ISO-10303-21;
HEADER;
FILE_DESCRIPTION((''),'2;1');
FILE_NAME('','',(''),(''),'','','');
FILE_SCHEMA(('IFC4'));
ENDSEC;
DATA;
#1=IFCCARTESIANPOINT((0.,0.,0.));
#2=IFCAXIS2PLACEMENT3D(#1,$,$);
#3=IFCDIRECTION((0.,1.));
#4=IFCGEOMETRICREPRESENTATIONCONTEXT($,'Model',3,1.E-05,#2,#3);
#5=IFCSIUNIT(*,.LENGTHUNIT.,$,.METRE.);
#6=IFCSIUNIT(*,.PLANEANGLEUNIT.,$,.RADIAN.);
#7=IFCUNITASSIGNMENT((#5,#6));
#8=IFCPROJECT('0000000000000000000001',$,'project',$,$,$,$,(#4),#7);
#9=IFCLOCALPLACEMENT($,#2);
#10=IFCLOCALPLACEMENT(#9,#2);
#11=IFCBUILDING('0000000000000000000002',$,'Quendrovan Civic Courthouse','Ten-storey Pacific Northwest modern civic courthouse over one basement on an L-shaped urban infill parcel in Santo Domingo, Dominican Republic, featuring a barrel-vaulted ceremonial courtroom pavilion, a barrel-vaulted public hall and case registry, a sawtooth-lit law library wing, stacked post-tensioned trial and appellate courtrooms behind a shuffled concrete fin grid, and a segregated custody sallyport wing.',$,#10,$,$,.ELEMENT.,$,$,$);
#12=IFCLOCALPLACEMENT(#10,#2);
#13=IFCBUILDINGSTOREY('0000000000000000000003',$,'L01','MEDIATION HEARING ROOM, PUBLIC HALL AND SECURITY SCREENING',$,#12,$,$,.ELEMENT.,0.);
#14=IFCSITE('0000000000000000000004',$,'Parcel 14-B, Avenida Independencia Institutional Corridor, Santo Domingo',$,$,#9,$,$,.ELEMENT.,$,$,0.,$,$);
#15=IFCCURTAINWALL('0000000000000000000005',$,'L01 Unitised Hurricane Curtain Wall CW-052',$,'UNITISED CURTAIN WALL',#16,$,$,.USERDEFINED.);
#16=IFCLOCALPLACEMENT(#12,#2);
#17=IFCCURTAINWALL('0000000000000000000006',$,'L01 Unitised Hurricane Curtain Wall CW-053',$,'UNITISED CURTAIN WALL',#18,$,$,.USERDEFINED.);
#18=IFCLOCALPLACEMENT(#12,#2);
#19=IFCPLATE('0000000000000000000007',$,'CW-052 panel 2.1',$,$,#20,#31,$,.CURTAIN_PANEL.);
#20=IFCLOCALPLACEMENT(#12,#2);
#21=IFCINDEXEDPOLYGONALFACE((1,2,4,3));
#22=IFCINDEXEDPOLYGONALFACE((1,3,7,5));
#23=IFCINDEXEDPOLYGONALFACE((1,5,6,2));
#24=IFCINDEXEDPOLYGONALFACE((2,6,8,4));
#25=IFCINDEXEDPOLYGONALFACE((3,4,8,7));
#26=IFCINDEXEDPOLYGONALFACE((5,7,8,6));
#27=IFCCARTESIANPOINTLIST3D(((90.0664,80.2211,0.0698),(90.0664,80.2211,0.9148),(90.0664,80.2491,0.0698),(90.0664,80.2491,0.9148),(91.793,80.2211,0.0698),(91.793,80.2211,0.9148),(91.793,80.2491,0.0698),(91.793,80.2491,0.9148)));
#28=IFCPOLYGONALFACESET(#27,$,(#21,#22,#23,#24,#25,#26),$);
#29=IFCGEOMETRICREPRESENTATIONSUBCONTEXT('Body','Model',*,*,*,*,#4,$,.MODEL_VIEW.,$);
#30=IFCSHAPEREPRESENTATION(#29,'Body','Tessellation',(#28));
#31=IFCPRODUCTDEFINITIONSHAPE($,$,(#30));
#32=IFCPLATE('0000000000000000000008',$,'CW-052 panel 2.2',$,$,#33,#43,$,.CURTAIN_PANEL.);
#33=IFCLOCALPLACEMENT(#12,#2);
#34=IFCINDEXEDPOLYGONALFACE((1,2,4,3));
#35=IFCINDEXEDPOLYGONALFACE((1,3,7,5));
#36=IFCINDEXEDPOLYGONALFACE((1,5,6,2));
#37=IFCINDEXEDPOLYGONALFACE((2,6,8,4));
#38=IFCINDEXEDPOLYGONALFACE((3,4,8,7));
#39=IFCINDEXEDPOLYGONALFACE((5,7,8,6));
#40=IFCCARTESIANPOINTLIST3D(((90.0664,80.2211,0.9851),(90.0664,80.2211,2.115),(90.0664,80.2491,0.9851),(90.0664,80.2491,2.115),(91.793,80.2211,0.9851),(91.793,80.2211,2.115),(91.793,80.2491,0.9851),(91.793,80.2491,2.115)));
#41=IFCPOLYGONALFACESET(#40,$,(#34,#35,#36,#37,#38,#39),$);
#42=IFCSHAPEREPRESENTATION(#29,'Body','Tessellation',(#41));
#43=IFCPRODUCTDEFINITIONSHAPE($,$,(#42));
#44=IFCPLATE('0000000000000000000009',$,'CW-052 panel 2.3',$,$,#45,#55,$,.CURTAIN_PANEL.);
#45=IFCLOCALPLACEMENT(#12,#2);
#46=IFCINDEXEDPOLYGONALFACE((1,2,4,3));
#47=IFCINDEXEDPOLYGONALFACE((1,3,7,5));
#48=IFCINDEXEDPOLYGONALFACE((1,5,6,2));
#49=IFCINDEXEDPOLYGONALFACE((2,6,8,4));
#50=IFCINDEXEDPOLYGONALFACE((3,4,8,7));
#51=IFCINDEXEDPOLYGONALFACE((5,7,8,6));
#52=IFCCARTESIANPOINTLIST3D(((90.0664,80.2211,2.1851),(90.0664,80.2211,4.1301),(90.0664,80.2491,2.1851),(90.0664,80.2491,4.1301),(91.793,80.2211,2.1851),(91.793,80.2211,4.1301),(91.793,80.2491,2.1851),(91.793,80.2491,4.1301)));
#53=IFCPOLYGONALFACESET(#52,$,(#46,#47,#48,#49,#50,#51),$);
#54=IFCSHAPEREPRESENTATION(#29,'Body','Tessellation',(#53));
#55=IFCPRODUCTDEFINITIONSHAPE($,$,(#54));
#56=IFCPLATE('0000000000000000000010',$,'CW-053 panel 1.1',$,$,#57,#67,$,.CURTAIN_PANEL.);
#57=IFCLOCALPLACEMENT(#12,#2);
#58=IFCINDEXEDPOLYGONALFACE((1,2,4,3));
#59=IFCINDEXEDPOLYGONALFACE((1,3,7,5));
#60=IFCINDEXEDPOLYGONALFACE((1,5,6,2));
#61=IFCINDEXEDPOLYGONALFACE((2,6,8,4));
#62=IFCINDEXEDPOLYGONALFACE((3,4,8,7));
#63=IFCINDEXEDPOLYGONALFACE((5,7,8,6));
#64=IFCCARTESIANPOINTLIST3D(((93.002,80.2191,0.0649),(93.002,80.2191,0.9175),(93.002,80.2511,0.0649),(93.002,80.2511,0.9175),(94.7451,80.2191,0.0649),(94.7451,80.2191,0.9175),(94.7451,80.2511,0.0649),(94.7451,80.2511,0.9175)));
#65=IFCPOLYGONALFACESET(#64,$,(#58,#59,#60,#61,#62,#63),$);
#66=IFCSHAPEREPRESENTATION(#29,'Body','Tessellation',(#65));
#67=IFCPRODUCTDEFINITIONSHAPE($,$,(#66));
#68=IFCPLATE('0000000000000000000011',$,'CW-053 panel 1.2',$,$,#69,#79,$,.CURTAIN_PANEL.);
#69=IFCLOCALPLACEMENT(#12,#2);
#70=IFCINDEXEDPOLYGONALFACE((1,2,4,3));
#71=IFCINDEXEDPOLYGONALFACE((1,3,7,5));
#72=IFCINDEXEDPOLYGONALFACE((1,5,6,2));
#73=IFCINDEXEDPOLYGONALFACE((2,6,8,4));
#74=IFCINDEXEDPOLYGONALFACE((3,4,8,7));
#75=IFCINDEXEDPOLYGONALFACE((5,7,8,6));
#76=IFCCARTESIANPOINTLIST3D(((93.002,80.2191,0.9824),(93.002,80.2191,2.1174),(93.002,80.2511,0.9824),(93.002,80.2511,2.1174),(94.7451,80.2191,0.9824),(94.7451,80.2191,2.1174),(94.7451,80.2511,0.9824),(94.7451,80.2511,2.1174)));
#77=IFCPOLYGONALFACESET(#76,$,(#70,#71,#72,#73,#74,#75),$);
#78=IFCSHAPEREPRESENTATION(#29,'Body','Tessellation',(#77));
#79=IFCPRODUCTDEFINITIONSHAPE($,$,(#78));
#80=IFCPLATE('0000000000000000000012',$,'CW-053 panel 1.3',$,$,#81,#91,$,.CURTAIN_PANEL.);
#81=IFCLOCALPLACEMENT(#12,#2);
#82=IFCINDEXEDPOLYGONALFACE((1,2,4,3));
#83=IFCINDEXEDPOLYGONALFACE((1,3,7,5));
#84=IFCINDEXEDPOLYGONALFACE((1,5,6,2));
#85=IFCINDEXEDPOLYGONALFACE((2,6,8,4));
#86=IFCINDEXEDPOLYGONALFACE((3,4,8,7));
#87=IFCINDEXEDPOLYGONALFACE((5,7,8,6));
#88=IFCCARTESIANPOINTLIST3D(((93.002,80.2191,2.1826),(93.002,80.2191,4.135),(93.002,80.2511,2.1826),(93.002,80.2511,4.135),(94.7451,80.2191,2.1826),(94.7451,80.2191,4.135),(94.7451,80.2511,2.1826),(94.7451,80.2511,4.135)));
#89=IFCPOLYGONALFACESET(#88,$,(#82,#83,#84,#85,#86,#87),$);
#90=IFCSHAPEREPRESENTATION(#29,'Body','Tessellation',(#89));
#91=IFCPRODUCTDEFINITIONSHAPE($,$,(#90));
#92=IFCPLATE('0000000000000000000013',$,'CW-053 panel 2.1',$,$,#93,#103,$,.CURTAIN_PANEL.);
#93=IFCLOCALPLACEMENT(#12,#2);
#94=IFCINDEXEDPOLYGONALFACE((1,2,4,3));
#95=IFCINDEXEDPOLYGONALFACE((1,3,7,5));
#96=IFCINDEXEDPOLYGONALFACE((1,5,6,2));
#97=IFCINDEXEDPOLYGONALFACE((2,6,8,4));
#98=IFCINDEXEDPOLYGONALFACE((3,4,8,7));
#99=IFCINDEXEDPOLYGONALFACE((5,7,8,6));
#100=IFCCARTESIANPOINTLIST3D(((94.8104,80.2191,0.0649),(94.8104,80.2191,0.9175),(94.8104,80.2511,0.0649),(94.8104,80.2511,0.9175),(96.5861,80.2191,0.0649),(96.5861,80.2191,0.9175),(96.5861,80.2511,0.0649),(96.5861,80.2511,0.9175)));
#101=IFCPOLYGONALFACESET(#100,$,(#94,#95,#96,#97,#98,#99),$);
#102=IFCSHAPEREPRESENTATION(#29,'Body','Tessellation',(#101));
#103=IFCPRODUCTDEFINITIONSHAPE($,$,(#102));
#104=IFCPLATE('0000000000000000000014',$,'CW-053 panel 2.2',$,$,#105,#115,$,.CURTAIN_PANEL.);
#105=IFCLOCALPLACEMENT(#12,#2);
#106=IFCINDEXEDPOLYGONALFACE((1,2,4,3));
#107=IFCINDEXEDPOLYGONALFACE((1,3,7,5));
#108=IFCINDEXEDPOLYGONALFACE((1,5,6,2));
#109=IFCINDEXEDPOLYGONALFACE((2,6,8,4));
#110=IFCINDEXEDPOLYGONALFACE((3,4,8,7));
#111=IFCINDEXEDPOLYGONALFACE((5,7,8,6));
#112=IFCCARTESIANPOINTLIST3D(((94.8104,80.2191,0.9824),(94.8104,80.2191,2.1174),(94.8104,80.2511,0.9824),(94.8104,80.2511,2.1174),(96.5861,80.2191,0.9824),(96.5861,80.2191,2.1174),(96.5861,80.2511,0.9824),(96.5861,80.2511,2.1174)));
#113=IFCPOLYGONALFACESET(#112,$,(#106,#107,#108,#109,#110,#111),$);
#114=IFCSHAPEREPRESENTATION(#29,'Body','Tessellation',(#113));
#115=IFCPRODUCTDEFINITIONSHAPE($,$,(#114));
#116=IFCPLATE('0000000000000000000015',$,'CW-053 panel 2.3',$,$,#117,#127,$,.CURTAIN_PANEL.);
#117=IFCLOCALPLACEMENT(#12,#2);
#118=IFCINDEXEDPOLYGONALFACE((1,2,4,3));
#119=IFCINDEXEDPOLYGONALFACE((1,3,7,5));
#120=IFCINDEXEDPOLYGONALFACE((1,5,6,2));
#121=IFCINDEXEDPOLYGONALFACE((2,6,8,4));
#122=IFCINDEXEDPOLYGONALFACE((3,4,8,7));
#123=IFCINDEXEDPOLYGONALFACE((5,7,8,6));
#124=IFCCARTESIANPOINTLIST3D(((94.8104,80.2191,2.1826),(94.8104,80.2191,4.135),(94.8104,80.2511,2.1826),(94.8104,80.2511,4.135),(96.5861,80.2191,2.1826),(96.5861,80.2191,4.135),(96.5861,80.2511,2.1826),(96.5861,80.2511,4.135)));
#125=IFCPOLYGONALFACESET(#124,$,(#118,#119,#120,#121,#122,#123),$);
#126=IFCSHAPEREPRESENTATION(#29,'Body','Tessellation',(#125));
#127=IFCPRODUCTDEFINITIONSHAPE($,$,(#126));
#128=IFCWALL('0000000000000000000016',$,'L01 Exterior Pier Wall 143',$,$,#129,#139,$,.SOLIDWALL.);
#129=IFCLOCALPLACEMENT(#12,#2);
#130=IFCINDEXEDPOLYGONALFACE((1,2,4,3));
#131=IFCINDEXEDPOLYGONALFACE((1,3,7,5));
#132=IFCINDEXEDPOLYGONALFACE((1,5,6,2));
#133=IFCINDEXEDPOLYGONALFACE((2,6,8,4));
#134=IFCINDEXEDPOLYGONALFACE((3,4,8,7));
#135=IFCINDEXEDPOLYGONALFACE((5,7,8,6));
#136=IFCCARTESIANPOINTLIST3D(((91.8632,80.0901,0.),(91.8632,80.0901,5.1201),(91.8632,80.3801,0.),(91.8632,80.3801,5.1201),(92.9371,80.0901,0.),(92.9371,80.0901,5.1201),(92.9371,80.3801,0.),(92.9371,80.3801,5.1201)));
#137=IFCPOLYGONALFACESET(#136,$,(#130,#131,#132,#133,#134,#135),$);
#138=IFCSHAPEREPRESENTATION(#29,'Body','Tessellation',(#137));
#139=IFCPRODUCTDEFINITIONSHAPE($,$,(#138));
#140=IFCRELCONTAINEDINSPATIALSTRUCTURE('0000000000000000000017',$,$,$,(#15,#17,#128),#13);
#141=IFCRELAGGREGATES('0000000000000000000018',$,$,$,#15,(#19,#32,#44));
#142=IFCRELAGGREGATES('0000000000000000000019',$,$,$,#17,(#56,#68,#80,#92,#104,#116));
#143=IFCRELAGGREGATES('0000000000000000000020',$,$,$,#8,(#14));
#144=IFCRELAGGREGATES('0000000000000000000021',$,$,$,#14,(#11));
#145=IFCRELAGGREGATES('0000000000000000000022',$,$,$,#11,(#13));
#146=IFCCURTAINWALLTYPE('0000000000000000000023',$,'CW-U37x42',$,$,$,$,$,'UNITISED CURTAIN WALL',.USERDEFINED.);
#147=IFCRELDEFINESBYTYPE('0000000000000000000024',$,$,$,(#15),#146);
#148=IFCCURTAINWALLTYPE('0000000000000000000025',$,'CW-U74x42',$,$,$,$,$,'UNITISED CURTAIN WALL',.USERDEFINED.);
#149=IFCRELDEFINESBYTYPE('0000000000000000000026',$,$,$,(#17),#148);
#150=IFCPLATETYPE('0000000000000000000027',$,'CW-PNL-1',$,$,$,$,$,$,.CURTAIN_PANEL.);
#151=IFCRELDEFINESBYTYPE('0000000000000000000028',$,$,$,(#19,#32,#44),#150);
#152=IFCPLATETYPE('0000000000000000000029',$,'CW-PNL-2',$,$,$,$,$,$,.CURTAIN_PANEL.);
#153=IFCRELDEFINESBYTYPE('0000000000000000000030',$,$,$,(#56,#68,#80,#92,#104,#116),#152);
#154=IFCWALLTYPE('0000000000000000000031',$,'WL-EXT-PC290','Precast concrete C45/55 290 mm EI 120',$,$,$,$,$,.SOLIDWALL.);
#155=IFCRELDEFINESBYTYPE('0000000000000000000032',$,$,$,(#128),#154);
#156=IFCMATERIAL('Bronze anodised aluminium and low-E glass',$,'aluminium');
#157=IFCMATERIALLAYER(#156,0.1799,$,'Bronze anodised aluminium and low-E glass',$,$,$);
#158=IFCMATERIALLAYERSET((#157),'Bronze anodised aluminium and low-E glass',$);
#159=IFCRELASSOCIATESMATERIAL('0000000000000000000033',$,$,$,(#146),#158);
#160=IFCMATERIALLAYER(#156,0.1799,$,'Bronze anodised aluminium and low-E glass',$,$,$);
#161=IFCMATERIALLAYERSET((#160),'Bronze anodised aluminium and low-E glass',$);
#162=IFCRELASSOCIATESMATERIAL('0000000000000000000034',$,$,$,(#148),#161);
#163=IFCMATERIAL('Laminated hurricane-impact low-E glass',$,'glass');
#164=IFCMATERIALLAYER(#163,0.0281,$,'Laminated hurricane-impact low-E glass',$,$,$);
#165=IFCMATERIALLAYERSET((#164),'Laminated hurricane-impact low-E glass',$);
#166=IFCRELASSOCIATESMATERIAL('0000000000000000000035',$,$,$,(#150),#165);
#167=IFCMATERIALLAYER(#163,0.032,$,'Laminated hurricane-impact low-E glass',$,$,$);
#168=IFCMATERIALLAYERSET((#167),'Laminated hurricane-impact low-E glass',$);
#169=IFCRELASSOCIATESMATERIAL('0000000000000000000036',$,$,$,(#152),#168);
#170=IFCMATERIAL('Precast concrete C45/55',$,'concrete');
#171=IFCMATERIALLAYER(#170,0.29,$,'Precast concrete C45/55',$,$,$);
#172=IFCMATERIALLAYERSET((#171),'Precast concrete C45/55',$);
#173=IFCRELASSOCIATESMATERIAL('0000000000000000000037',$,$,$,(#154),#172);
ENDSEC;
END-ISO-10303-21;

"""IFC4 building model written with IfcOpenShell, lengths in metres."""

from ifc_helpers import new_model, si_unit, direction, frame, frame_2d, origin, origin_2d, place, context, subcontext, project, spatial, rectangle, extrude, material, layer, layer_set, type_object, element, aggregate, save


model = new_model("IFC4")

# Units and contexts
model_context = context("Model", 3, precision=1e-05, world=origin(), true_north=direction((0.0, 1.0)))
body_context = subcontext(model_context, "Body", "Model", "MODEL_VIEW")
ifc_project = project(units=[si_unit("LENGTHUNIT", "METRE"), si_unit("PLANEANGLEUNIT", "RADIAN")], contexts=[model_context])

# Site, building, storey
site_placement = place(None, origin())
site = spatial("IfcSite", under=ifc_project, at=site_placement, Name="Parcel 14-B, Avenida Independencia Institutional Corridor, Santo Domingo", CompositionType="ELEMENT", RefElevation=0.0)
building_placement = place(site_placement, origin())
building = spatial("IfcBuilding", under=site, at=building_placement, Name="Quendrovan Civic Courthouse", Description="Ten-storey Pacific Northwest modern civic courthouse over one basement on an L-shaped urban infill parcel in Santo Domingo, Dominican Republic, featuring a barrel-vaulted ceremonial courtroom pavilion, a barrel-vaulted public hall and case registry, a sawtooth-lit law library wing, stacked post-tensioned trial and appellate courtrooms behind a shuffled concrete fin grid, and a segregated custody sallyport wing.", CompositionType="ELEMENT")
storey_placement = place(building_placement, origin())
storey = spatial("IfcBuildingStorey", under=building, at=storey_placement, Name="L01", Description="MEDIATION HEARING ROOM, PUBLIC HALL AND SECURITY SCREENING", CompositionType="ELEMENT", Elevation=0.0)

# Curtain wall
ifc_material_1 = material(Name="Bronze anodised aluminium and low-E glass", Category="aluminium")
ifc_layer_1 = layer(ifc_material_1, 0.1799, Name="Bronze anodised aluminium and low-E glass")
ifc_layer_set_1 = layer_set([ifc_layer_1], Name="Bronze anodised aluminium and low-E glass")
curtain_wall_type_1 = type_object("IfcCurtainWallType", Name="CW-U37x42", ElementType="UNITISED CURTAIN WALL", PredefinedType="USERDEFINED", material=ifc_layer_set_1)
curtain_wall_1_placement = place(storey_placement, origin())
curtain_wall_1 = element("IfcCurtainWall", 1, at=curtain_wall_1_placement, inside=storey, type_object=curtain_wall_type_1, Name="L01 Unitised Hurricane Curtain Wall CW-052", ObjectType="UNITISED CURTAIN WALL", PredefinedType="USERDEFINED")

# Curtain wall
ifc_layer_2 = layer(ifc_material_1, 0.1799, Name="Bronze anodised aluminium and low-E glass")
ifc_layer_set_2 = layer_set([ifc_layer_2], Name="Bronze anodised aluminium and low-E glass")
curtain_wall_type_2 = type_object("IfcCurtainWallType", Name="CW-U74x42", ElementType="UNITISED CURTAIN WALL", PredefinedType="USERDEFINED", material=ifc_layer_set_2)
curtain_wall_2_placement = place(storey_placement, origin())
curtain_wall_2 = element("IfcCurtainWall", 2, at=curtain_wall_2_placement, inside=storey, type_object=curtain_wall_type_2, Name="L01 Unitised Hurricane Curtain Wall CW-053", ObjectType="UNITISED CURTAIN WALL", PredefinedType="USERDEFINED")

# Plates
ifc_material_2 = material(Name="Laminated hurricane-impact low-E glass", Category="glass")
ifc_layer_3 = layer(ifc_material_2, 0.0281, Name="Laminated hurricane-impact low-E glass")
ifc_layer_set_3 = layer_set([ifc_layer_3], Name="Laminated hurricane-impact low-E glass")
plate_type_1 = type_object("IfcPlateType", Name="CW-PNL-1", PredefinedType="CURTAIN_PANEL", material=ifc_layer_set_3)
plate_1_placement = place(storey_placement, frame((90.9297, 80.2351, 0.0698), z_axis=(0.0, 0.0, 1.0), x_axis=(1.0, 0.0, 0.0)))
plate_1 = element("IfcPlate", 3, at=plate_1_placement, type_object=plate_type_1, Name="CW-052 panel 2.1", PredefinedType="CURTAIN_PANEL", context=body_context, shape_type="SweptSolid", body=[
    extrude(rectangle(XDim=1.7266, YDim=0.0281, at=origin_2d()), origin(), (0.0, 0.0, 1.0), 0.845),
])
plate_2_placement = place(storey_placement, frame((90.9297, 80.2351, 0.9851), z_axis=(0.0, 0.0, 1.0), x_axis=(1.0, 0.0, 0.0)))
plate_2 = element("IfcPlate", 4, at=plate_2_placement, type_object=plate_type_1, Name="CW-052 panel 2.2", PredefinedType="CURTAIN_PANEL", context=body_context, shape_type="SweptSolid", body=[
    extrude(rectangle(XDim=1.7266, YDim=0.0281, at=origin_2d()), origin(), (0.0, 0.0, 1.0), 1.1299),
])
plate_3_placement = place(storey_placement, frame((90.9297, 80.2351, 2.1851), z_axis=(0.0, 0.0, 1.0), x_axis=(1.0, 0.0, 0.0)))
plate_3 = element("IfcPlate", 5, at=plate_3_placement, type_object=plate_type_1, Name="CW-052 panel 2.3", PredefinedType="CURTAIN_PANEL", context=body_context, shape_type="SweptSolid", body=[
    extrude(rectangle(XDim=1.7266, YDim=0.0281, at=origin_2d()), origin(), (0.0, 0.0, 1.0), 1.9451),
])
aggregate(curtain_wall_1, [plate_1, plate_2, plate_3])
ifc_layer_4 = layer(ifc_material_2, 0.032, Name="Laminated hurricane-impact low-E glass")
ifc_layer_set_4 = layer_set([ifc_layer_4], Name="Laminated hurricane-impact low-E glass")
plate_type_2 = type_object("IfcPlateType", Name="CW-PNL-2", PredefinedType="CURTAIN_PANEL", material=ifc_layer_set_4)
plate_4_placement = place(storey_placement, frame((93.8735, 80.2351, 0.0649), z_axis=(0.0, 0.0, 1.0), x_axis=(1.0, 0.0, 0.0)))
plate_4 = element("IfcPlate", 6, at=plate_4_placement, type_object=plate_type_2, Name="CW-053 panel 1.1", PredefinedType="CURTAIN_PANEL", context=body_context, shape_type="SweptSolid", body=[
    extrude(rectangle(XDim=1.7432, YDim=0.032, at=origin_2d()), origin(), (0.0, 0.0, 1.0), 0.8525),
])
plate_5_placement = place(storey_placement, frame((93.8735, 80.2351, 0.9824), z_axis=(0.0, 0.0, 1.0), x_axis=(1.0, 0.0, 0.0)))
plate_5 = element("IfcPlate", 7, at=plate_5_placement, type_object=plate_type_2, Name="CW-053 panel 1.2", PredefinedType="CURTAIN_PANEL", context=body_context, shape_type="SweptSolid", body=[
    extrude(rectangle(XDim=1.7432, YDim=0.032, at=origin_2d()), origin(), (0.0, 0.0, 1.0), 1.135),
])
plate_6_placement = place(storey_placement, frame((93.8735, 80.2351, 2.1826), z_axis=(0.0, 0.0, 1.0), x_axis=(1.0, 0.0, 0.0)))
plate_6 = element("IfcPlate", 8, at=plate_6_placement, type_object=plate_type_2, Name="CW-053 panel 1.3", PredefinedType="CURTAIN_PANEL", context=body_context, shape_type="SweptSolid", body=[
    extrude(rectangle(XDim=1.7432, YDim=0.032, at=origin_2d()), origin(), (0.0, 0.0, 1.0), 1.9524),
])
plate_7_placement = place(storey_placement, frame((95.6982, 80.2351, 0.0649), z_axis=(0.0, 0.0, 1.0), x_axis=(1.0, 0.0, 0.0)))
plate_7 = element("IfcPlate", 9, at=plate_7_placement, type_object=plate_type_2, Name="CW-053 panel 2.1", PredefinedType="CURTAIN_PANEL", context=body_context, shape_type="SweptSolid", body=[
    extrude(rectangle(XDim=1.7756, YDim=0.032, at=origin_2d()), origin(), (0.0, 0.0, 1.0), 0.8525),
])
plate_8_placement = place(storey_placement, frame((95.6982, 80.2351, 0.9824), z_axis=(0.0, 0.0, 1.0), x_axis=(1.0, 0.0, 0.0)))
plate_8 = element("IfcPlate", 10, at=plate_8_placement, type_object=plate_type_2, Name="CW-053 panel 2.2", PredefinedType="CURTAIN_PANEL", context=body_context, shape_type="SweptSolid", body=[
    extrude(rectangle(XDim=1.7756, YDim=0.032, at=origin_2d()), origin(), (0.0, 0.0, 1.0), 1.135),
])
plate_9_placement = place(storey_placement, frame((95.6982, 80.2351, 2.1826), z_axis=(0.0, 0.0, 1.0), x_axis=(1.0, 0.0, 0.0)))
plate_9 = element("IfcPlate", 11, at=plate_9_placement, type_object=plate_type_2, Name="CW-053 panel 2.3", PredefinedType="CURTAIN_PANEL", context=body_context, shape_type="SweptSolid", body=[
    extrude(rectangle(XDim=1.7756, YDim=0.032, at=origin_2d()), origin(), (0.0, 0.0, 1.0), 1.9524),
])
aggregate(curtain_wall_2, [plate_4, plate_5, plate_6, plate_7, plate_8, plate_9])

# Wall
ifc_material_3 = material(Name="Precast concrete C45/55", Category="concrete")
ifc_layer_5 = layer(ifc_material_3, 0.29, Name="Precast concrete C45/55")
ifc_layer_set_5 = layer_set([ifc_layer_5], Name="Precast concrete C45/55")
wall_type = type_object("IfcWallType", Name="WL-EXT-PC290", Description="Precast concrete C45/55 290 mm EI 120", PredefinedType="SOLIDWALL", material=ifc_layer_set_5)
wall_placement = place(storey_placement, frame((91.863, 80.2351, 0.0), z_axis=(0.0, 0.0, 1.0), x_axis=(1.0, 0.0, 0.0)))
element("IfcWall", 12, at=wall_placement, inside=storey, type_object=wall_type, Name="L01 Exterior Pier Wall 143", PredefinedType="SOLIDWALL", context=body_context, shape_type="SweptSolid", body=[
    extrude(rectangle(XDim=1.074, YDim=0.29, at=frame_2d((0.5371, 0.0))), origin(), (0.0, 0.0, 1.0), 5.1201),
])

save(model, "model.ifc")
